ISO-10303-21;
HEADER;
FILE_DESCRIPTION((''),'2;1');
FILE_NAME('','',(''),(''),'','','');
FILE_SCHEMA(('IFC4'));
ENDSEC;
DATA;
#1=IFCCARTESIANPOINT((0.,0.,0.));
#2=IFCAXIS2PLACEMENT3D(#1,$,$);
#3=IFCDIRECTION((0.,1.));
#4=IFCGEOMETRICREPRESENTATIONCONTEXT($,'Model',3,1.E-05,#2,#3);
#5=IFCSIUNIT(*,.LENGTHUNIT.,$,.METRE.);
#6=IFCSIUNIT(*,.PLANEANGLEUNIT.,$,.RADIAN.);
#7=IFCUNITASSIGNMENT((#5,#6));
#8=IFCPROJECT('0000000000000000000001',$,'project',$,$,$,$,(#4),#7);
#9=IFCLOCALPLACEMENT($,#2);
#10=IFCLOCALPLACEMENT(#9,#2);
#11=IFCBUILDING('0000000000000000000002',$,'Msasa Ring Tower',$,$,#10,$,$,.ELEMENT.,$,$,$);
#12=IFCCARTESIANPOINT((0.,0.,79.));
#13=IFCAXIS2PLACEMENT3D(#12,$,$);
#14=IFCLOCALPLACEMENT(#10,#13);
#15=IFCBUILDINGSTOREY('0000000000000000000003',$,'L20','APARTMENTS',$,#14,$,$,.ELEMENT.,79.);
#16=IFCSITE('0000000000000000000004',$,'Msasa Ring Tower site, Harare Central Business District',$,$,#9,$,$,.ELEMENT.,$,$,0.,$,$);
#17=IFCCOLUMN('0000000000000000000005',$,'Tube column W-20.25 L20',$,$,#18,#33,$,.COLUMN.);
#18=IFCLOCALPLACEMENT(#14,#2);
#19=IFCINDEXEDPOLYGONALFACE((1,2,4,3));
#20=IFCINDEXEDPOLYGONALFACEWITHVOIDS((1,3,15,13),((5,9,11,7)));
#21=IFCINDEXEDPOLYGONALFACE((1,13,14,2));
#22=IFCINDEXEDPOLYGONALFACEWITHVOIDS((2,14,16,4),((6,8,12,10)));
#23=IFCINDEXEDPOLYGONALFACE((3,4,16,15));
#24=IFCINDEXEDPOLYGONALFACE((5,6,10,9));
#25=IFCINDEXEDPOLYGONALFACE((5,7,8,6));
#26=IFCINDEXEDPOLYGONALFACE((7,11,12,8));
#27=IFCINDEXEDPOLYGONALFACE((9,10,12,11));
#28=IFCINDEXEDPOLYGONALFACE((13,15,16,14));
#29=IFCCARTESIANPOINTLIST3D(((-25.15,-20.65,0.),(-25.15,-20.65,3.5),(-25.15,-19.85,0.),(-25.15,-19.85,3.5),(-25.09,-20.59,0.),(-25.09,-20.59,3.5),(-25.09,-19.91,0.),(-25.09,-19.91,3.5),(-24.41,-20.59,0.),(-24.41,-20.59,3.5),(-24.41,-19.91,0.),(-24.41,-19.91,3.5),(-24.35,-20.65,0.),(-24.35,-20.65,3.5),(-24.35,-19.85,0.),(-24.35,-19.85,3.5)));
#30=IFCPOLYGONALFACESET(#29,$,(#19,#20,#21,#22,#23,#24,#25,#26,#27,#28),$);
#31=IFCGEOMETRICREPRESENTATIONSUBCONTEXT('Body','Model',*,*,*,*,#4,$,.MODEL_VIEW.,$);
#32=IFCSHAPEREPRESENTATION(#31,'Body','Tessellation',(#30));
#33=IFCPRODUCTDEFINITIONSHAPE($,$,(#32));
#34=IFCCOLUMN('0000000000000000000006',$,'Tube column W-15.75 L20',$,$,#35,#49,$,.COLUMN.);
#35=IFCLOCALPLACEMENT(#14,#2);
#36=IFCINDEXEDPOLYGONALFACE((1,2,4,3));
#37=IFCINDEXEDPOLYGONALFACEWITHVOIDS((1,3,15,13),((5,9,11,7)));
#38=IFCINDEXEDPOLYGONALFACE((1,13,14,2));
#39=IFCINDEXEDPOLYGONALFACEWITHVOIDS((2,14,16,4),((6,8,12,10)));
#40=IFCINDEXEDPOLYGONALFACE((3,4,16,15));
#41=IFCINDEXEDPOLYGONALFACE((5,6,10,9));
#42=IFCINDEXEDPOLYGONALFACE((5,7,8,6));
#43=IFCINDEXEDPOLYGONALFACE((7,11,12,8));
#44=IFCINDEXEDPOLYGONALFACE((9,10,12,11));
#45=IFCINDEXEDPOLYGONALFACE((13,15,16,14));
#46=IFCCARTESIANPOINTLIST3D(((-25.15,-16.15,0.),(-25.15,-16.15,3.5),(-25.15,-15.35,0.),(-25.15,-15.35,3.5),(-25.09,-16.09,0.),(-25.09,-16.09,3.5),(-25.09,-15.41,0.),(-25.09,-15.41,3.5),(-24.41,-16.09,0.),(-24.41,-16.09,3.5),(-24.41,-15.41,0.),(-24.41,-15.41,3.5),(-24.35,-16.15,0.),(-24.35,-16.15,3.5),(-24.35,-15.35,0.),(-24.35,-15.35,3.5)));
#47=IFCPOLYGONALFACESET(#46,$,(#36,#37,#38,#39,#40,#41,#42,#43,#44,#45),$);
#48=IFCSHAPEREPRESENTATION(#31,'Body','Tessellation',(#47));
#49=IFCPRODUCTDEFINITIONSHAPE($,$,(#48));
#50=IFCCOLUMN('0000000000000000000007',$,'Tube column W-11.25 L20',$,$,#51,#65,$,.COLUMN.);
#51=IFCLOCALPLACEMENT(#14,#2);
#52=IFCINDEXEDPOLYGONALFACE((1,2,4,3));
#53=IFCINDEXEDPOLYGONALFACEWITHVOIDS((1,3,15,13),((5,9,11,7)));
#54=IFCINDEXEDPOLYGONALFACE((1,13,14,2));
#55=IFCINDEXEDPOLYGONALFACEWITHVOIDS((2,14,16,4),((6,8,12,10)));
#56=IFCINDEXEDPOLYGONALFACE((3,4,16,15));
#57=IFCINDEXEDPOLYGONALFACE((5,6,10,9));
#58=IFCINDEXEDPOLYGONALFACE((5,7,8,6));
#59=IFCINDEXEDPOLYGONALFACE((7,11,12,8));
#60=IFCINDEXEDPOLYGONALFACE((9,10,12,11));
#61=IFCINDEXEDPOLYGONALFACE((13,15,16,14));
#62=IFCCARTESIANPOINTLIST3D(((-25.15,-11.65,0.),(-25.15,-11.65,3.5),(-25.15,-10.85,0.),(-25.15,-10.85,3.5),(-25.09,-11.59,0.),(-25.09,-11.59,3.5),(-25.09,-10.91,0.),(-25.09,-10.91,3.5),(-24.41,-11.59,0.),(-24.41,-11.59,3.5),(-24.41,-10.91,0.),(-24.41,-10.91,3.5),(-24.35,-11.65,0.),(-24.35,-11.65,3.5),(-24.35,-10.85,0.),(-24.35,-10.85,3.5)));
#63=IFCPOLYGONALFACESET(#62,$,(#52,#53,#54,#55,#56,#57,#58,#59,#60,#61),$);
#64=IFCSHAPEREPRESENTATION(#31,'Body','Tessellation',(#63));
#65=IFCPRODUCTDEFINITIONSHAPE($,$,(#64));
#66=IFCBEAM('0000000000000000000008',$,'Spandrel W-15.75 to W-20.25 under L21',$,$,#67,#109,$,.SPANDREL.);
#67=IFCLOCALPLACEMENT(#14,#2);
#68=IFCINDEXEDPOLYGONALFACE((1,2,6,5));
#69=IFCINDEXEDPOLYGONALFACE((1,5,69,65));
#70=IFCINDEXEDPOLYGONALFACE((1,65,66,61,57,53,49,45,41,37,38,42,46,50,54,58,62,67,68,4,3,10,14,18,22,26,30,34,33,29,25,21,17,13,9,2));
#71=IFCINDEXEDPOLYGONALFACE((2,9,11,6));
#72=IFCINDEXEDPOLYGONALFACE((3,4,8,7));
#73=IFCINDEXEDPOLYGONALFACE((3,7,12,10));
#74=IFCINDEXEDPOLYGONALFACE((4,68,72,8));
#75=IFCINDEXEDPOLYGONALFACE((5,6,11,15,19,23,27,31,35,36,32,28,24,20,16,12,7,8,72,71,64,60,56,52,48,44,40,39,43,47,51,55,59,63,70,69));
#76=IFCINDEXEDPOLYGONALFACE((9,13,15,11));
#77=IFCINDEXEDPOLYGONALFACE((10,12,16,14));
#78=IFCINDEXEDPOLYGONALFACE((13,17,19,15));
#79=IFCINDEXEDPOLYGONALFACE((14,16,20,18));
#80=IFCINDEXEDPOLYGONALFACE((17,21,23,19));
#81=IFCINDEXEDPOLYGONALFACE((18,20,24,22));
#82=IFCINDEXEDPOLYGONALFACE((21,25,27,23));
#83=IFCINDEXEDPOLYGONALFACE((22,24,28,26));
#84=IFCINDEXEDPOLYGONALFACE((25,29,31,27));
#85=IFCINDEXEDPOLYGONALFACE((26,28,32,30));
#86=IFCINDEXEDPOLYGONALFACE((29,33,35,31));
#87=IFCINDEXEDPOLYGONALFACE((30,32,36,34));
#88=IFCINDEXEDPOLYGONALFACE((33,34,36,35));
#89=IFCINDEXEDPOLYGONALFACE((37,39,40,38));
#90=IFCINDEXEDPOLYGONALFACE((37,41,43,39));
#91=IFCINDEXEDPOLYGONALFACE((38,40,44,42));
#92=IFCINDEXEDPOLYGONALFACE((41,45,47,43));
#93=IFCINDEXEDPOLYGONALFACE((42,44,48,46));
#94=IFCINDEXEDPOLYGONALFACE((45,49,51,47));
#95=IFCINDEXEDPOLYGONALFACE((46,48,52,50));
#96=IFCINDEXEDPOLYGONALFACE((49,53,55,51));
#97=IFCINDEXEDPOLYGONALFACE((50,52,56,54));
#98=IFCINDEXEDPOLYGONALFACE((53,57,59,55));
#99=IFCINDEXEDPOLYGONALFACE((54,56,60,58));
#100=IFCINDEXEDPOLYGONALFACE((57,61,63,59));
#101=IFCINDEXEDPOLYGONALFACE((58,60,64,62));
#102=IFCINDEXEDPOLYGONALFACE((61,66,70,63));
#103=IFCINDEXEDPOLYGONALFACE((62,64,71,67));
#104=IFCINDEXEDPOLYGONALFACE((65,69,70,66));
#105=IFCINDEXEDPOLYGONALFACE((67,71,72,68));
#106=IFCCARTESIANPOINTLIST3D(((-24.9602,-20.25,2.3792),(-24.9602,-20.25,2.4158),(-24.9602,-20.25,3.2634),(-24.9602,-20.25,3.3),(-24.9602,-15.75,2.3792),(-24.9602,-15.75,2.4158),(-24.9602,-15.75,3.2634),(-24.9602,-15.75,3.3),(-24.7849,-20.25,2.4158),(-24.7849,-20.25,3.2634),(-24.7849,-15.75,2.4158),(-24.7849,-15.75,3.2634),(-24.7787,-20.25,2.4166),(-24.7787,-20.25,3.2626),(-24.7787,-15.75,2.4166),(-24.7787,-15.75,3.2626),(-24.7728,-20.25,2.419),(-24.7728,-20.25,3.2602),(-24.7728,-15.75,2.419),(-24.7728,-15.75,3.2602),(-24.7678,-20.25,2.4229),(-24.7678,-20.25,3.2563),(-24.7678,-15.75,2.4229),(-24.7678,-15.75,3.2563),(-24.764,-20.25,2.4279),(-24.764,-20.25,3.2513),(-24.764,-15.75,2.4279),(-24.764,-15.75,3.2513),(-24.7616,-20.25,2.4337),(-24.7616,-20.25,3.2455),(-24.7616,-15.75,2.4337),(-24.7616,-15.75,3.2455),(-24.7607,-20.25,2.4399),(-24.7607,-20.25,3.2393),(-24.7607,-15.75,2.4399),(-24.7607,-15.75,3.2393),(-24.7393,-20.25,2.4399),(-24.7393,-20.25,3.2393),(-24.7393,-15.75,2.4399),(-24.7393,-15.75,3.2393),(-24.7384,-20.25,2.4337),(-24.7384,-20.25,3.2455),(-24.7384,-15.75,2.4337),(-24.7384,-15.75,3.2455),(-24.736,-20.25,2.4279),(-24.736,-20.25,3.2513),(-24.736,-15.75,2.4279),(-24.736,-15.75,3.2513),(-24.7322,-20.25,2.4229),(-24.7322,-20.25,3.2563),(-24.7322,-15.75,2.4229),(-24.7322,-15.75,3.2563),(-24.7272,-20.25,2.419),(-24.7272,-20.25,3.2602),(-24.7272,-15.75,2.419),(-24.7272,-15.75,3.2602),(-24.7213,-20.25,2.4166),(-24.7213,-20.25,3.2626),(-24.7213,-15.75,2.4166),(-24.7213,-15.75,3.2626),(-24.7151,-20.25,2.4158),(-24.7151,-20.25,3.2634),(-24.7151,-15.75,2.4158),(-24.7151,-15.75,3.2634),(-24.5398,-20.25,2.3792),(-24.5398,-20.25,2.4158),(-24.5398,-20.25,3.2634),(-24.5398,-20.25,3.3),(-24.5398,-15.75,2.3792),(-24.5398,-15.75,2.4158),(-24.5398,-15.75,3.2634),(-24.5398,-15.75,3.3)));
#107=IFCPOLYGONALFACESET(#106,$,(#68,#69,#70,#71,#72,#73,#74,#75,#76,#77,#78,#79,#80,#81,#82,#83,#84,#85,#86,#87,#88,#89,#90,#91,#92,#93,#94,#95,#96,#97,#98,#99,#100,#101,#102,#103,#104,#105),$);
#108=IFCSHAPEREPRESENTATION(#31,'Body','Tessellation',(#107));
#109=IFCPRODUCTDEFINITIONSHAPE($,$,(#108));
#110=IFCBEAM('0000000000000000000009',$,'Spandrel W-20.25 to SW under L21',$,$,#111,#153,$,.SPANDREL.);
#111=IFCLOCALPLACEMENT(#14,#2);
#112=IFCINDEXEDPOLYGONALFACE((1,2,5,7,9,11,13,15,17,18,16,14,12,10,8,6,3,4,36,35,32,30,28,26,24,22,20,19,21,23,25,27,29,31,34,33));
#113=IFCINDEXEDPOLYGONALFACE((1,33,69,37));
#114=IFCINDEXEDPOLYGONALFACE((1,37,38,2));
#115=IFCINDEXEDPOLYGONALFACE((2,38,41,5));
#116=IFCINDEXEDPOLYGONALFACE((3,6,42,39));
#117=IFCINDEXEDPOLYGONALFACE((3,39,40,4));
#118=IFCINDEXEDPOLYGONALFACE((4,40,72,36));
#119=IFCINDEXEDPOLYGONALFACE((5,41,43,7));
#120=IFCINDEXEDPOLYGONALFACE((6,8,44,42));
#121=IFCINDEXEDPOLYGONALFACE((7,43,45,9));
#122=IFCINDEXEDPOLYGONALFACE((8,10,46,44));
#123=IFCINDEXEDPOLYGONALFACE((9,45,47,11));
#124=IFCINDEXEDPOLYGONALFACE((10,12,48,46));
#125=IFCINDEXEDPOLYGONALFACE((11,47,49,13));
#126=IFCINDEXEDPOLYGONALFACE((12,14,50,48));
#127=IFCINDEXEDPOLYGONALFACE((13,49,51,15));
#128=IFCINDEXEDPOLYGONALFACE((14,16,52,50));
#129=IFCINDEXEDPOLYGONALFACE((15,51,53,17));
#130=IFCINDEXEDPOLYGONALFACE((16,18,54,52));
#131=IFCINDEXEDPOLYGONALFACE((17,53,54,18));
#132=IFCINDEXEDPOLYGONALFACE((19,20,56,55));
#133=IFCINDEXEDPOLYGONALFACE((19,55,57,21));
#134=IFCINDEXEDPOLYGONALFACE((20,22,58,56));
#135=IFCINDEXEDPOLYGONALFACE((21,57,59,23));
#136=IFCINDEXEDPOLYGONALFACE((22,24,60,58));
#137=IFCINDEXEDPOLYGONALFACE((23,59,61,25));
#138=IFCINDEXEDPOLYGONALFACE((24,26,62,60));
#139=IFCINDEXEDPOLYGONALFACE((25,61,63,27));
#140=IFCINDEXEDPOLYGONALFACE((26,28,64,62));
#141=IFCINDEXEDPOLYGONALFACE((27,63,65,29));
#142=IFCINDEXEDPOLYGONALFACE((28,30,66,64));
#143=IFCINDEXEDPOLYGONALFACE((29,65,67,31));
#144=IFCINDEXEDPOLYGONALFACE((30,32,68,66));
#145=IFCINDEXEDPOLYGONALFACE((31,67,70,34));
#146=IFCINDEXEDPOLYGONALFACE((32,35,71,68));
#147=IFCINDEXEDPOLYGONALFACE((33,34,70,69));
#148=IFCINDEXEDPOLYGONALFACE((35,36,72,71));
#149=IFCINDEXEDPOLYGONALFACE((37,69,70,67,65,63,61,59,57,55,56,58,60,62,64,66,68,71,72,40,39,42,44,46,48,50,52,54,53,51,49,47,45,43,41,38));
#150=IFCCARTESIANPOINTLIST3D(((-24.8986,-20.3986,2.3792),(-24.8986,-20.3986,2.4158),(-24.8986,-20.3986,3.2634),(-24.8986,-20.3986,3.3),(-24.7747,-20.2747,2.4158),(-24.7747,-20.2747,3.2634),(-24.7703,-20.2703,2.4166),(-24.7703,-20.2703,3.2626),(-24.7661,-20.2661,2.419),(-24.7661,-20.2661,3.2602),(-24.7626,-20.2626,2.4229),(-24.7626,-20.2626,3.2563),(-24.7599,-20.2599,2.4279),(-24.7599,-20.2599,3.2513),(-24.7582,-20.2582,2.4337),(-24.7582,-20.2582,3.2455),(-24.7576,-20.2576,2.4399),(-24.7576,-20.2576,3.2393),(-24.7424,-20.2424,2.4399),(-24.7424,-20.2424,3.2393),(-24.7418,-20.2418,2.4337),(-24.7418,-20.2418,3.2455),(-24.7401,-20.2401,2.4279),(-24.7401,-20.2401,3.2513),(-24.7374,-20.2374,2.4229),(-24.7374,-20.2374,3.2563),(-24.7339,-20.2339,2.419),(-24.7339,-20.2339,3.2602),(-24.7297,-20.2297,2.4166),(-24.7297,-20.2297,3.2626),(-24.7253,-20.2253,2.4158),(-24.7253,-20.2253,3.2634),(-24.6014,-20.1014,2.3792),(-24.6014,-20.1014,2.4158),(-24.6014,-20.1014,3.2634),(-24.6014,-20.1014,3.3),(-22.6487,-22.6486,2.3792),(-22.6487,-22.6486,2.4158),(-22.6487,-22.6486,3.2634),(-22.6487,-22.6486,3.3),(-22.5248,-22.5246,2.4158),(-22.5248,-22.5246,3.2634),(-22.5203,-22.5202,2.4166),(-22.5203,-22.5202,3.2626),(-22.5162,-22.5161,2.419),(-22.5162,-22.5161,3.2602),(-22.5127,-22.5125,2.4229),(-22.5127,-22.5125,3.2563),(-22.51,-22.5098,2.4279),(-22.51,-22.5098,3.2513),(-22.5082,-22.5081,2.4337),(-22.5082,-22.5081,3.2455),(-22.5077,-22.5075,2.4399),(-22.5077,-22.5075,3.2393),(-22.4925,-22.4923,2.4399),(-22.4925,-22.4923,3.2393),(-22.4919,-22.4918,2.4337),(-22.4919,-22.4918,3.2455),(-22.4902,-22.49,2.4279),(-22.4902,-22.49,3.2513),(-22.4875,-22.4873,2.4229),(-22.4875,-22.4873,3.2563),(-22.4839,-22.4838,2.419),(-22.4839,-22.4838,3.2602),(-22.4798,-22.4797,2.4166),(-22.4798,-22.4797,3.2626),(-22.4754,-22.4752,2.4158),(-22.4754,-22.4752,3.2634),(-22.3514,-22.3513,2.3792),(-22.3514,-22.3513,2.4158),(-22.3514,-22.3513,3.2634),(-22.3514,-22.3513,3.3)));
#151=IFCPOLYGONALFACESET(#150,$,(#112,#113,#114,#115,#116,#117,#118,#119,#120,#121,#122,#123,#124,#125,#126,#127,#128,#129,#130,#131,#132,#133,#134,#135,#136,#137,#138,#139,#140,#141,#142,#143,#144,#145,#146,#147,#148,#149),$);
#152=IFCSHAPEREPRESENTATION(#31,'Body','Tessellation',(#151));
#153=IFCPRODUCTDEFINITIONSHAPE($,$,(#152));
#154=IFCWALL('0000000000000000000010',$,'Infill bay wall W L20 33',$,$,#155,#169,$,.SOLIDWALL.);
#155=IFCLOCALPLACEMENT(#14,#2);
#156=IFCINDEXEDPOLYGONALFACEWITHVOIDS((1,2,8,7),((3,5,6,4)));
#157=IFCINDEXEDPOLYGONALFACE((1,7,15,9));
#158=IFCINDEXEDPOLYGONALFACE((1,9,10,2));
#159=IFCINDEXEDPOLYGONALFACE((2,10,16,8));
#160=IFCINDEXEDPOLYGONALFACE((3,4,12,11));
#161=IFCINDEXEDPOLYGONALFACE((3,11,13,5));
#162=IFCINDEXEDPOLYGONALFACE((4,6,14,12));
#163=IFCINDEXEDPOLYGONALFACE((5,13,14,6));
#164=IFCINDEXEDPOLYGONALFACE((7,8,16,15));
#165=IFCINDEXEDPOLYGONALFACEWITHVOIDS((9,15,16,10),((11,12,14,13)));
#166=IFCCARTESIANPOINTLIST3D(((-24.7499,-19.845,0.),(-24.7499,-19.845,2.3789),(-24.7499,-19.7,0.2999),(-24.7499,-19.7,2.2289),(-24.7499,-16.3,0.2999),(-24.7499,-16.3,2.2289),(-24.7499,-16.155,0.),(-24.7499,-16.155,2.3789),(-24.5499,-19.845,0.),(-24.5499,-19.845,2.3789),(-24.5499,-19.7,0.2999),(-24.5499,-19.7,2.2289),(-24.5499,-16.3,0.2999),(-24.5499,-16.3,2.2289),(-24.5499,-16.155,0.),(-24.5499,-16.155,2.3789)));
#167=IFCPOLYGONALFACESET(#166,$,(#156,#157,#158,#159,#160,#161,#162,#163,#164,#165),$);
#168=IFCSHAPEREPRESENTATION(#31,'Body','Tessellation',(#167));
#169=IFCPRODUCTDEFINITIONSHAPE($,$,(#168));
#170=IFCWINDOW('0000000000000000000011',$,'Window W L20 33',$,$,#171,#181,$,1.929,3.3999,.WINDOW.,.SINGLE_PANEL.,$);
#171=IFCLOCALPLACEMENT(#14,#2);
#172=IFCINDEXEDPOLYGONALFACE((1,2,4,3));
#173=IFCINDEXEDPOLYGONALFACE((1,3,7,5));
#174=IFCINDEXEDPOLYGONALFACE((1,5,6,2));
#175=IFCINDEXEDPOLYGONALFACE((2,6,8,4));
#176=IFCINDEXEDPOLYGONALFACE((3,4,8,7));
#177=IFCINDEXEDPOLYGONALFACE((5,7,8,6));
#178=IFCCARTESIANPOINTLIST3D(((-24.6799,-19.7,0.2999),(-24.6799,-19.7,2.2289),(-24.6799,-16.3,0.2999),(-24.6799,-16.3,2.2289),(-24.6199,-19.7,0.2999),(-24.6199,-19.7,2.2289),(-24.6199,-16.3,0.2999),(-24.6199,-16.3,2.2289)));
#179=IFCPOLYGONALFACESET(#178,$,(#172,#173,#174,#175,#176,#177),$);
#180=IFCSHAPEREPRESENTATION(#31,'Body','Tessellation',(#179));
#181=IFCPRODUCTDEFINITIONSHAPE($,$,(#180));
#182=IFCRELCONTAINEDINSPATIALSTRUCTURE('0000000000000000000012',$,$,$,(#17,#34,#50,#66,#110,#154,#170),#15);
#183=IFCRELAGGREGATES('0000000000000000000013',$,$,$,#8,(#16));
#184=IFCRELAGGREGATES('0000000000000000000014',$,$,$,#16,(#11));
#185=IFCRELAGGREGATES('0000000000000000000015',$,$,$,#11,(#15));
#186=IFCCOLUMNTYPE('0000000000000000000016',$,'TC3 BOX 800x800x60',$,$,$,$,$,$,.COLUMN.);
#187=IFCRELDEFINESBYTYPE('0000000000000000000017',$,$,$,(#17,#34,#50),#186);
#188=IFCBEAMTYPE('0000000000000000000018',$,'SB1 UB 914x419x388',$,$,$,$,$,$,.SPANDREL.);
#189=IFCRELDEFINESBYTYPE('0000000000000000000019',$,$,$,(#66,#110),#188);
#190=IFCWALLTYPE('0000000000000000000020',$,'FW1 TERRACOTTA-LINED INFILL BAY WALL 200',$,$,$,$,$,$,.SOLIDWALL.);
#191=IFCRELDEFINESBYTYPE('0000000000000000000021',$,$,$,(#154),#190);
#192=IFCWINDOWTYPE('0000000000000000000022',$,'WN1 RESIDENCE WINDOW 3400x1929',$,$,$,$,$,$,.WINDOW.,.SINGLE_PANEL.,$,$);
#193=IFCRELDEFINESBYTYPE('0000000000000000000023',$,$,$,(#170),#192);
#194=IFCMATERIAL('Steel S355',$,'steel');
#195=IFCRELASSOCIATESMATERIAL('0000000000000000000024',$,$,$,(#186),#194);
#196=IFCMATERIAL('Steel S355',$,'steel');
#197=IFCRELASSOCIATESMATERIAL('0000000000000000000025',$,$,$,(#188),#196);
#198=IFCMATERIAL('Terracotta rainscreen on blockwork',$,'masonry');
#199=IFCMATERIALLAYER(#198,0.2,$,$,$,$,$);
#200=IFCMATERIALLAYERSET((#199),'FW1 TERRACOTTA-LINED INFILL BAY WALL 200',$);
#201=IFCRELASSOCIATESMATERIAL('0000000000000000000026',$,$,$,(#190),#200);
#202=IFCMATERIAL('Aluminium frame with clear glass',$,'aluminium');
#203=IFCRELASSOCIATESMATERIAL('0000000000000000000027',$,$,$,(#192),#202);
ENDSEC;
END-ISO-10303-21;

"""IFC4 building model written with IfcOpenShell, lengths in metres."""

from ifc_helpers import new_model, si_unit, direction, frame, frame_2d, origin, origin_2d, place, context, subcontext, project, spatial, rectangle, hollow_rectangle, i_section, extrude, material, layer, layer_set, material_profile, profile_set, type_object, element, fill, save


model = new_model("IFC4")

# Units and contexts
model_context = context("Model", 3, precision=1e-05, world=origin(), true_north=direction((0.0, 1.0)))
body_context = subcontext(model_context, "Body", "Model", "MODEL_VIEW")
ifc_project = project(units=[si_unit("LENGTHUNIT", "METRE"), si_unit("PLANEANGLEUNIT", "RADIAN")], contexts=[model_context])

# Site, building, storey
site_placement = place(None, origin())
site = spatial("IfcSite", under=ifc_project, at=site_placement, Name="Msasa Ring Tower site, Harare Central Business District", CompositionType="ELEMENT", RefElevation=0.0)
building_placement = place(site_placement, origin())
building = spatial("IfcBuilding", under=site, at=building_placement, Name="Msasa Ring Tower", CompositionType="ELEMENT")
storey_placement = place(building_placement, frame((0.0, 0.0, 79.0)))
storey = spatial("IfcBuildingStorey", under=building, at=storey_placement, Name="L20", Description="APARTMENTS", CompositionType="ELEMENT", Elevation=79.0)

# Columns
ifc_material_1 = material(Name="Steel S355", Category="steel")
ifc_material_profile_1 = material_profile(ifc_material_1, hollow_rectangle(XDim=0.8, YDim=0.8, WallThickness=0.0601, at=origin_2d()), Name="BOX 800x800x60")
ifc_profile_set_1 = profile_set([ifc_material_profile_1], Name="Steel S355")
column_type = type_object("IfcColumnType", Name="TC3 BOX 800x800x60", PredefinedType="COLUMN", material=ifc_profile_set_1)
for number, where, z_axis, x_axis, name in (
    (1, (-24.75, -20.25, 0.0), (0.0, 0.0, 1.0), (1.0, 0.0, 0.0), "Tube column W-20.25 L20"),
    (2, (-24.75, -15.75, 0.0), (0.0, 0.0, 1.0), (1.0, 0.0, 0.0), "Tube column W-15.75 L20"),
    (3, (-24.75, -11.25, 0.0), (0.0, 0.0, 1.0), (1.0, 0.0, 0.0), "Tube column W-11.25 L20"),
):
    element("IfcColumn", number, at=place(storey_placement, frame(where, z_axis=z_axis, x_axis=x_axis)), inside=storey, type_object=column_type, Name=name, PredefinedType="COLUMN", context=body_context, shape_type="SweptSolid", body=[
        extrude(hollow_rectangle(XDim=0.8, YDim=0.8, WallThickness=0.0601, at=origin_2d()), origin(), (0.0, 0.0, 1.0), 3.5),
    ])

# Beams
ifc_material_2 = material(Name="Steel S355", Category="steel")
ifc_material_profile_2 = material_profile(ifc_material_2, i_section(OverallWidth=0.4204, OverallDepth=0.9209, WebThickness=0.0215, FlangeThickness=0.0366, FilletRadius=0.0242, at=origin_2d()), Name="UB 914x419x388")
ifc_profile_set_2 = profile_set([ifc_material_profile_2], Name="Steel S355")
beam_type = type_object("IfcBeamType", Name="SB1 UB 914x419x388", PredefinedType="SPANDREL", material=ifc_profile_set_2)
beam_1_placement = place(storey_placement, frame((-24.75, -15.75, 2.8396), z_axis=(0.0, -1.0, 0.0), x_axis=(1.0, 0.0, 0.0)))
element("IfcBeam", 4, at=beam_1_placement, inside=storey, type_object=beam_type, Name="Spandrel W-15.75 to W-20.25 under L21", PredefinedType="SPANDREL", context=body_context, shape_type="SweptSolid", body=[
    extrude(i_section(OverallWidth=0.4204, OverallDepth=0.9209, WebThickness=0.0215, FlangeThickness=0.0366, FilletRadius=0.0242, at=origin_2d()), origin(), (0.0, 0.0, 1.0), 4.5),
])
beam_2_placement = place(storey_placement, frame((-24.75, -20.25, 2.8396), z_axis=(0.707107, -0.707107, 0.0), x_axis=(0.707107, 0.707107, 0.0)))
element("IfcBeam", 5, at=beam_2_placement, inside=storey, type_object=beam_type, Name="Spandrel W-20.25 to SW under L21", PredefinedType="SPANDREL", context=body_context, shape_type="SweptSolid", body=[
    extrude(i_section(OverallWidth=0.4204, OverallDepth=0.9209, WebThickness=0.0215, FlangeThickness=0.0366, FilletRadius=0.0242, at=origin_2d()), origin(), (0.0, 0.0, 1.0), 3.1819),
])

# Wall, opening, window
ifc_material_3 = material(Name="Terracotta rainscreen on blockwork", Category="masonry")
ifc_layer_1 = layer(ifc_material_3, 0.2)
ifc_layer_set_1 = layer_set([ifc_layer_1], Name="FW1 TERRACOTTA-LINED INFILL BAY WALL 200")
wall_type_1 = type_object("IfcWallType", Name="FW1 TERRACOTTA-LINED INFILL BAY WALL 200", PredefinedType="SOLIDWALL", material=ifc_layer_set_1)
wall_1_placement = place(storey_placement, frame((-24.6499, -19.845, 0.0), z_axis=(0.0, 0.0, 1.0), x_axis=(0.0, 1.0, 0.0)))
wall_1 = element("IfcWall", 6, at=wall_1_placement, inside=storey, type_object=wall_type_1, Name="Infill bay wall W L20 33", PredefinedType="SOLIDWALL", context=body_context, shape_type="SweptSolid", body=[
    extrude(rectangle(XDim=3.6899, YDim=0.2, at=frame_2d((1.845, 0.0))), origin(), (0.0, 0.0, 1.0), 2.3789),
])
opening_1_placement = place(wall_1_placement, frame((0.145, 0.0, 0.3)))
opening_1 = element("IfcOpeningElement", 7, at=opening_1_placement, cuts=wall_1, PredefinedType="OPENING", context=body_context, shape_type="SweptSolid", body=[
    extrude(rectangle(XDim=3.3999, YDim=1.929, at=frame_2d((1.7, 0.9644))), frame((0.0, 0.1099, 0.0), z_axis=(0.0, -1.0, 0.0), x_axis=(1.0, 0.0, 0.0)), (0.0, 0.0, 1.0), 0.22),
])
ifc_material_4 = material(Name="Aluminium frame with clear glass", Category="aluminium")
window_type = type_object("IfcWindowType", Name="WN1 RESIDENCE WINDOW 3400x1929", PartitioningType="SINGLE_PANEL", PredefinedType="WINDOW", material=ifc_material_4)
window_1_placement = place(opening_1_placement, origin())
window_1 = element("IfcWindow", 8, at=window_1_placement, inside=storey, type_object=window_type, Name="Window W L20 33", OverallHeight=1.929, OverallWidth=3.3999, PartitioningType="SINGLE_PANEL", PredefinedType="WINDOW", context=body_context, shape_type="SweptSolid", body=[
    extrude(rectangle(XDim=3.3999, YDim=1.929, at=frame_2d((1.7, 0.9644))), frame((0.0, 0.03, 0.0), z_axis=(0.0, -1.0, 0.0), x_axis=(1.0, 0.0, 0.0)), (0.0, 0.0, 1.0), 0.0601),
])
fill(opening_1, window_1)

save(model, "model.ifc")
